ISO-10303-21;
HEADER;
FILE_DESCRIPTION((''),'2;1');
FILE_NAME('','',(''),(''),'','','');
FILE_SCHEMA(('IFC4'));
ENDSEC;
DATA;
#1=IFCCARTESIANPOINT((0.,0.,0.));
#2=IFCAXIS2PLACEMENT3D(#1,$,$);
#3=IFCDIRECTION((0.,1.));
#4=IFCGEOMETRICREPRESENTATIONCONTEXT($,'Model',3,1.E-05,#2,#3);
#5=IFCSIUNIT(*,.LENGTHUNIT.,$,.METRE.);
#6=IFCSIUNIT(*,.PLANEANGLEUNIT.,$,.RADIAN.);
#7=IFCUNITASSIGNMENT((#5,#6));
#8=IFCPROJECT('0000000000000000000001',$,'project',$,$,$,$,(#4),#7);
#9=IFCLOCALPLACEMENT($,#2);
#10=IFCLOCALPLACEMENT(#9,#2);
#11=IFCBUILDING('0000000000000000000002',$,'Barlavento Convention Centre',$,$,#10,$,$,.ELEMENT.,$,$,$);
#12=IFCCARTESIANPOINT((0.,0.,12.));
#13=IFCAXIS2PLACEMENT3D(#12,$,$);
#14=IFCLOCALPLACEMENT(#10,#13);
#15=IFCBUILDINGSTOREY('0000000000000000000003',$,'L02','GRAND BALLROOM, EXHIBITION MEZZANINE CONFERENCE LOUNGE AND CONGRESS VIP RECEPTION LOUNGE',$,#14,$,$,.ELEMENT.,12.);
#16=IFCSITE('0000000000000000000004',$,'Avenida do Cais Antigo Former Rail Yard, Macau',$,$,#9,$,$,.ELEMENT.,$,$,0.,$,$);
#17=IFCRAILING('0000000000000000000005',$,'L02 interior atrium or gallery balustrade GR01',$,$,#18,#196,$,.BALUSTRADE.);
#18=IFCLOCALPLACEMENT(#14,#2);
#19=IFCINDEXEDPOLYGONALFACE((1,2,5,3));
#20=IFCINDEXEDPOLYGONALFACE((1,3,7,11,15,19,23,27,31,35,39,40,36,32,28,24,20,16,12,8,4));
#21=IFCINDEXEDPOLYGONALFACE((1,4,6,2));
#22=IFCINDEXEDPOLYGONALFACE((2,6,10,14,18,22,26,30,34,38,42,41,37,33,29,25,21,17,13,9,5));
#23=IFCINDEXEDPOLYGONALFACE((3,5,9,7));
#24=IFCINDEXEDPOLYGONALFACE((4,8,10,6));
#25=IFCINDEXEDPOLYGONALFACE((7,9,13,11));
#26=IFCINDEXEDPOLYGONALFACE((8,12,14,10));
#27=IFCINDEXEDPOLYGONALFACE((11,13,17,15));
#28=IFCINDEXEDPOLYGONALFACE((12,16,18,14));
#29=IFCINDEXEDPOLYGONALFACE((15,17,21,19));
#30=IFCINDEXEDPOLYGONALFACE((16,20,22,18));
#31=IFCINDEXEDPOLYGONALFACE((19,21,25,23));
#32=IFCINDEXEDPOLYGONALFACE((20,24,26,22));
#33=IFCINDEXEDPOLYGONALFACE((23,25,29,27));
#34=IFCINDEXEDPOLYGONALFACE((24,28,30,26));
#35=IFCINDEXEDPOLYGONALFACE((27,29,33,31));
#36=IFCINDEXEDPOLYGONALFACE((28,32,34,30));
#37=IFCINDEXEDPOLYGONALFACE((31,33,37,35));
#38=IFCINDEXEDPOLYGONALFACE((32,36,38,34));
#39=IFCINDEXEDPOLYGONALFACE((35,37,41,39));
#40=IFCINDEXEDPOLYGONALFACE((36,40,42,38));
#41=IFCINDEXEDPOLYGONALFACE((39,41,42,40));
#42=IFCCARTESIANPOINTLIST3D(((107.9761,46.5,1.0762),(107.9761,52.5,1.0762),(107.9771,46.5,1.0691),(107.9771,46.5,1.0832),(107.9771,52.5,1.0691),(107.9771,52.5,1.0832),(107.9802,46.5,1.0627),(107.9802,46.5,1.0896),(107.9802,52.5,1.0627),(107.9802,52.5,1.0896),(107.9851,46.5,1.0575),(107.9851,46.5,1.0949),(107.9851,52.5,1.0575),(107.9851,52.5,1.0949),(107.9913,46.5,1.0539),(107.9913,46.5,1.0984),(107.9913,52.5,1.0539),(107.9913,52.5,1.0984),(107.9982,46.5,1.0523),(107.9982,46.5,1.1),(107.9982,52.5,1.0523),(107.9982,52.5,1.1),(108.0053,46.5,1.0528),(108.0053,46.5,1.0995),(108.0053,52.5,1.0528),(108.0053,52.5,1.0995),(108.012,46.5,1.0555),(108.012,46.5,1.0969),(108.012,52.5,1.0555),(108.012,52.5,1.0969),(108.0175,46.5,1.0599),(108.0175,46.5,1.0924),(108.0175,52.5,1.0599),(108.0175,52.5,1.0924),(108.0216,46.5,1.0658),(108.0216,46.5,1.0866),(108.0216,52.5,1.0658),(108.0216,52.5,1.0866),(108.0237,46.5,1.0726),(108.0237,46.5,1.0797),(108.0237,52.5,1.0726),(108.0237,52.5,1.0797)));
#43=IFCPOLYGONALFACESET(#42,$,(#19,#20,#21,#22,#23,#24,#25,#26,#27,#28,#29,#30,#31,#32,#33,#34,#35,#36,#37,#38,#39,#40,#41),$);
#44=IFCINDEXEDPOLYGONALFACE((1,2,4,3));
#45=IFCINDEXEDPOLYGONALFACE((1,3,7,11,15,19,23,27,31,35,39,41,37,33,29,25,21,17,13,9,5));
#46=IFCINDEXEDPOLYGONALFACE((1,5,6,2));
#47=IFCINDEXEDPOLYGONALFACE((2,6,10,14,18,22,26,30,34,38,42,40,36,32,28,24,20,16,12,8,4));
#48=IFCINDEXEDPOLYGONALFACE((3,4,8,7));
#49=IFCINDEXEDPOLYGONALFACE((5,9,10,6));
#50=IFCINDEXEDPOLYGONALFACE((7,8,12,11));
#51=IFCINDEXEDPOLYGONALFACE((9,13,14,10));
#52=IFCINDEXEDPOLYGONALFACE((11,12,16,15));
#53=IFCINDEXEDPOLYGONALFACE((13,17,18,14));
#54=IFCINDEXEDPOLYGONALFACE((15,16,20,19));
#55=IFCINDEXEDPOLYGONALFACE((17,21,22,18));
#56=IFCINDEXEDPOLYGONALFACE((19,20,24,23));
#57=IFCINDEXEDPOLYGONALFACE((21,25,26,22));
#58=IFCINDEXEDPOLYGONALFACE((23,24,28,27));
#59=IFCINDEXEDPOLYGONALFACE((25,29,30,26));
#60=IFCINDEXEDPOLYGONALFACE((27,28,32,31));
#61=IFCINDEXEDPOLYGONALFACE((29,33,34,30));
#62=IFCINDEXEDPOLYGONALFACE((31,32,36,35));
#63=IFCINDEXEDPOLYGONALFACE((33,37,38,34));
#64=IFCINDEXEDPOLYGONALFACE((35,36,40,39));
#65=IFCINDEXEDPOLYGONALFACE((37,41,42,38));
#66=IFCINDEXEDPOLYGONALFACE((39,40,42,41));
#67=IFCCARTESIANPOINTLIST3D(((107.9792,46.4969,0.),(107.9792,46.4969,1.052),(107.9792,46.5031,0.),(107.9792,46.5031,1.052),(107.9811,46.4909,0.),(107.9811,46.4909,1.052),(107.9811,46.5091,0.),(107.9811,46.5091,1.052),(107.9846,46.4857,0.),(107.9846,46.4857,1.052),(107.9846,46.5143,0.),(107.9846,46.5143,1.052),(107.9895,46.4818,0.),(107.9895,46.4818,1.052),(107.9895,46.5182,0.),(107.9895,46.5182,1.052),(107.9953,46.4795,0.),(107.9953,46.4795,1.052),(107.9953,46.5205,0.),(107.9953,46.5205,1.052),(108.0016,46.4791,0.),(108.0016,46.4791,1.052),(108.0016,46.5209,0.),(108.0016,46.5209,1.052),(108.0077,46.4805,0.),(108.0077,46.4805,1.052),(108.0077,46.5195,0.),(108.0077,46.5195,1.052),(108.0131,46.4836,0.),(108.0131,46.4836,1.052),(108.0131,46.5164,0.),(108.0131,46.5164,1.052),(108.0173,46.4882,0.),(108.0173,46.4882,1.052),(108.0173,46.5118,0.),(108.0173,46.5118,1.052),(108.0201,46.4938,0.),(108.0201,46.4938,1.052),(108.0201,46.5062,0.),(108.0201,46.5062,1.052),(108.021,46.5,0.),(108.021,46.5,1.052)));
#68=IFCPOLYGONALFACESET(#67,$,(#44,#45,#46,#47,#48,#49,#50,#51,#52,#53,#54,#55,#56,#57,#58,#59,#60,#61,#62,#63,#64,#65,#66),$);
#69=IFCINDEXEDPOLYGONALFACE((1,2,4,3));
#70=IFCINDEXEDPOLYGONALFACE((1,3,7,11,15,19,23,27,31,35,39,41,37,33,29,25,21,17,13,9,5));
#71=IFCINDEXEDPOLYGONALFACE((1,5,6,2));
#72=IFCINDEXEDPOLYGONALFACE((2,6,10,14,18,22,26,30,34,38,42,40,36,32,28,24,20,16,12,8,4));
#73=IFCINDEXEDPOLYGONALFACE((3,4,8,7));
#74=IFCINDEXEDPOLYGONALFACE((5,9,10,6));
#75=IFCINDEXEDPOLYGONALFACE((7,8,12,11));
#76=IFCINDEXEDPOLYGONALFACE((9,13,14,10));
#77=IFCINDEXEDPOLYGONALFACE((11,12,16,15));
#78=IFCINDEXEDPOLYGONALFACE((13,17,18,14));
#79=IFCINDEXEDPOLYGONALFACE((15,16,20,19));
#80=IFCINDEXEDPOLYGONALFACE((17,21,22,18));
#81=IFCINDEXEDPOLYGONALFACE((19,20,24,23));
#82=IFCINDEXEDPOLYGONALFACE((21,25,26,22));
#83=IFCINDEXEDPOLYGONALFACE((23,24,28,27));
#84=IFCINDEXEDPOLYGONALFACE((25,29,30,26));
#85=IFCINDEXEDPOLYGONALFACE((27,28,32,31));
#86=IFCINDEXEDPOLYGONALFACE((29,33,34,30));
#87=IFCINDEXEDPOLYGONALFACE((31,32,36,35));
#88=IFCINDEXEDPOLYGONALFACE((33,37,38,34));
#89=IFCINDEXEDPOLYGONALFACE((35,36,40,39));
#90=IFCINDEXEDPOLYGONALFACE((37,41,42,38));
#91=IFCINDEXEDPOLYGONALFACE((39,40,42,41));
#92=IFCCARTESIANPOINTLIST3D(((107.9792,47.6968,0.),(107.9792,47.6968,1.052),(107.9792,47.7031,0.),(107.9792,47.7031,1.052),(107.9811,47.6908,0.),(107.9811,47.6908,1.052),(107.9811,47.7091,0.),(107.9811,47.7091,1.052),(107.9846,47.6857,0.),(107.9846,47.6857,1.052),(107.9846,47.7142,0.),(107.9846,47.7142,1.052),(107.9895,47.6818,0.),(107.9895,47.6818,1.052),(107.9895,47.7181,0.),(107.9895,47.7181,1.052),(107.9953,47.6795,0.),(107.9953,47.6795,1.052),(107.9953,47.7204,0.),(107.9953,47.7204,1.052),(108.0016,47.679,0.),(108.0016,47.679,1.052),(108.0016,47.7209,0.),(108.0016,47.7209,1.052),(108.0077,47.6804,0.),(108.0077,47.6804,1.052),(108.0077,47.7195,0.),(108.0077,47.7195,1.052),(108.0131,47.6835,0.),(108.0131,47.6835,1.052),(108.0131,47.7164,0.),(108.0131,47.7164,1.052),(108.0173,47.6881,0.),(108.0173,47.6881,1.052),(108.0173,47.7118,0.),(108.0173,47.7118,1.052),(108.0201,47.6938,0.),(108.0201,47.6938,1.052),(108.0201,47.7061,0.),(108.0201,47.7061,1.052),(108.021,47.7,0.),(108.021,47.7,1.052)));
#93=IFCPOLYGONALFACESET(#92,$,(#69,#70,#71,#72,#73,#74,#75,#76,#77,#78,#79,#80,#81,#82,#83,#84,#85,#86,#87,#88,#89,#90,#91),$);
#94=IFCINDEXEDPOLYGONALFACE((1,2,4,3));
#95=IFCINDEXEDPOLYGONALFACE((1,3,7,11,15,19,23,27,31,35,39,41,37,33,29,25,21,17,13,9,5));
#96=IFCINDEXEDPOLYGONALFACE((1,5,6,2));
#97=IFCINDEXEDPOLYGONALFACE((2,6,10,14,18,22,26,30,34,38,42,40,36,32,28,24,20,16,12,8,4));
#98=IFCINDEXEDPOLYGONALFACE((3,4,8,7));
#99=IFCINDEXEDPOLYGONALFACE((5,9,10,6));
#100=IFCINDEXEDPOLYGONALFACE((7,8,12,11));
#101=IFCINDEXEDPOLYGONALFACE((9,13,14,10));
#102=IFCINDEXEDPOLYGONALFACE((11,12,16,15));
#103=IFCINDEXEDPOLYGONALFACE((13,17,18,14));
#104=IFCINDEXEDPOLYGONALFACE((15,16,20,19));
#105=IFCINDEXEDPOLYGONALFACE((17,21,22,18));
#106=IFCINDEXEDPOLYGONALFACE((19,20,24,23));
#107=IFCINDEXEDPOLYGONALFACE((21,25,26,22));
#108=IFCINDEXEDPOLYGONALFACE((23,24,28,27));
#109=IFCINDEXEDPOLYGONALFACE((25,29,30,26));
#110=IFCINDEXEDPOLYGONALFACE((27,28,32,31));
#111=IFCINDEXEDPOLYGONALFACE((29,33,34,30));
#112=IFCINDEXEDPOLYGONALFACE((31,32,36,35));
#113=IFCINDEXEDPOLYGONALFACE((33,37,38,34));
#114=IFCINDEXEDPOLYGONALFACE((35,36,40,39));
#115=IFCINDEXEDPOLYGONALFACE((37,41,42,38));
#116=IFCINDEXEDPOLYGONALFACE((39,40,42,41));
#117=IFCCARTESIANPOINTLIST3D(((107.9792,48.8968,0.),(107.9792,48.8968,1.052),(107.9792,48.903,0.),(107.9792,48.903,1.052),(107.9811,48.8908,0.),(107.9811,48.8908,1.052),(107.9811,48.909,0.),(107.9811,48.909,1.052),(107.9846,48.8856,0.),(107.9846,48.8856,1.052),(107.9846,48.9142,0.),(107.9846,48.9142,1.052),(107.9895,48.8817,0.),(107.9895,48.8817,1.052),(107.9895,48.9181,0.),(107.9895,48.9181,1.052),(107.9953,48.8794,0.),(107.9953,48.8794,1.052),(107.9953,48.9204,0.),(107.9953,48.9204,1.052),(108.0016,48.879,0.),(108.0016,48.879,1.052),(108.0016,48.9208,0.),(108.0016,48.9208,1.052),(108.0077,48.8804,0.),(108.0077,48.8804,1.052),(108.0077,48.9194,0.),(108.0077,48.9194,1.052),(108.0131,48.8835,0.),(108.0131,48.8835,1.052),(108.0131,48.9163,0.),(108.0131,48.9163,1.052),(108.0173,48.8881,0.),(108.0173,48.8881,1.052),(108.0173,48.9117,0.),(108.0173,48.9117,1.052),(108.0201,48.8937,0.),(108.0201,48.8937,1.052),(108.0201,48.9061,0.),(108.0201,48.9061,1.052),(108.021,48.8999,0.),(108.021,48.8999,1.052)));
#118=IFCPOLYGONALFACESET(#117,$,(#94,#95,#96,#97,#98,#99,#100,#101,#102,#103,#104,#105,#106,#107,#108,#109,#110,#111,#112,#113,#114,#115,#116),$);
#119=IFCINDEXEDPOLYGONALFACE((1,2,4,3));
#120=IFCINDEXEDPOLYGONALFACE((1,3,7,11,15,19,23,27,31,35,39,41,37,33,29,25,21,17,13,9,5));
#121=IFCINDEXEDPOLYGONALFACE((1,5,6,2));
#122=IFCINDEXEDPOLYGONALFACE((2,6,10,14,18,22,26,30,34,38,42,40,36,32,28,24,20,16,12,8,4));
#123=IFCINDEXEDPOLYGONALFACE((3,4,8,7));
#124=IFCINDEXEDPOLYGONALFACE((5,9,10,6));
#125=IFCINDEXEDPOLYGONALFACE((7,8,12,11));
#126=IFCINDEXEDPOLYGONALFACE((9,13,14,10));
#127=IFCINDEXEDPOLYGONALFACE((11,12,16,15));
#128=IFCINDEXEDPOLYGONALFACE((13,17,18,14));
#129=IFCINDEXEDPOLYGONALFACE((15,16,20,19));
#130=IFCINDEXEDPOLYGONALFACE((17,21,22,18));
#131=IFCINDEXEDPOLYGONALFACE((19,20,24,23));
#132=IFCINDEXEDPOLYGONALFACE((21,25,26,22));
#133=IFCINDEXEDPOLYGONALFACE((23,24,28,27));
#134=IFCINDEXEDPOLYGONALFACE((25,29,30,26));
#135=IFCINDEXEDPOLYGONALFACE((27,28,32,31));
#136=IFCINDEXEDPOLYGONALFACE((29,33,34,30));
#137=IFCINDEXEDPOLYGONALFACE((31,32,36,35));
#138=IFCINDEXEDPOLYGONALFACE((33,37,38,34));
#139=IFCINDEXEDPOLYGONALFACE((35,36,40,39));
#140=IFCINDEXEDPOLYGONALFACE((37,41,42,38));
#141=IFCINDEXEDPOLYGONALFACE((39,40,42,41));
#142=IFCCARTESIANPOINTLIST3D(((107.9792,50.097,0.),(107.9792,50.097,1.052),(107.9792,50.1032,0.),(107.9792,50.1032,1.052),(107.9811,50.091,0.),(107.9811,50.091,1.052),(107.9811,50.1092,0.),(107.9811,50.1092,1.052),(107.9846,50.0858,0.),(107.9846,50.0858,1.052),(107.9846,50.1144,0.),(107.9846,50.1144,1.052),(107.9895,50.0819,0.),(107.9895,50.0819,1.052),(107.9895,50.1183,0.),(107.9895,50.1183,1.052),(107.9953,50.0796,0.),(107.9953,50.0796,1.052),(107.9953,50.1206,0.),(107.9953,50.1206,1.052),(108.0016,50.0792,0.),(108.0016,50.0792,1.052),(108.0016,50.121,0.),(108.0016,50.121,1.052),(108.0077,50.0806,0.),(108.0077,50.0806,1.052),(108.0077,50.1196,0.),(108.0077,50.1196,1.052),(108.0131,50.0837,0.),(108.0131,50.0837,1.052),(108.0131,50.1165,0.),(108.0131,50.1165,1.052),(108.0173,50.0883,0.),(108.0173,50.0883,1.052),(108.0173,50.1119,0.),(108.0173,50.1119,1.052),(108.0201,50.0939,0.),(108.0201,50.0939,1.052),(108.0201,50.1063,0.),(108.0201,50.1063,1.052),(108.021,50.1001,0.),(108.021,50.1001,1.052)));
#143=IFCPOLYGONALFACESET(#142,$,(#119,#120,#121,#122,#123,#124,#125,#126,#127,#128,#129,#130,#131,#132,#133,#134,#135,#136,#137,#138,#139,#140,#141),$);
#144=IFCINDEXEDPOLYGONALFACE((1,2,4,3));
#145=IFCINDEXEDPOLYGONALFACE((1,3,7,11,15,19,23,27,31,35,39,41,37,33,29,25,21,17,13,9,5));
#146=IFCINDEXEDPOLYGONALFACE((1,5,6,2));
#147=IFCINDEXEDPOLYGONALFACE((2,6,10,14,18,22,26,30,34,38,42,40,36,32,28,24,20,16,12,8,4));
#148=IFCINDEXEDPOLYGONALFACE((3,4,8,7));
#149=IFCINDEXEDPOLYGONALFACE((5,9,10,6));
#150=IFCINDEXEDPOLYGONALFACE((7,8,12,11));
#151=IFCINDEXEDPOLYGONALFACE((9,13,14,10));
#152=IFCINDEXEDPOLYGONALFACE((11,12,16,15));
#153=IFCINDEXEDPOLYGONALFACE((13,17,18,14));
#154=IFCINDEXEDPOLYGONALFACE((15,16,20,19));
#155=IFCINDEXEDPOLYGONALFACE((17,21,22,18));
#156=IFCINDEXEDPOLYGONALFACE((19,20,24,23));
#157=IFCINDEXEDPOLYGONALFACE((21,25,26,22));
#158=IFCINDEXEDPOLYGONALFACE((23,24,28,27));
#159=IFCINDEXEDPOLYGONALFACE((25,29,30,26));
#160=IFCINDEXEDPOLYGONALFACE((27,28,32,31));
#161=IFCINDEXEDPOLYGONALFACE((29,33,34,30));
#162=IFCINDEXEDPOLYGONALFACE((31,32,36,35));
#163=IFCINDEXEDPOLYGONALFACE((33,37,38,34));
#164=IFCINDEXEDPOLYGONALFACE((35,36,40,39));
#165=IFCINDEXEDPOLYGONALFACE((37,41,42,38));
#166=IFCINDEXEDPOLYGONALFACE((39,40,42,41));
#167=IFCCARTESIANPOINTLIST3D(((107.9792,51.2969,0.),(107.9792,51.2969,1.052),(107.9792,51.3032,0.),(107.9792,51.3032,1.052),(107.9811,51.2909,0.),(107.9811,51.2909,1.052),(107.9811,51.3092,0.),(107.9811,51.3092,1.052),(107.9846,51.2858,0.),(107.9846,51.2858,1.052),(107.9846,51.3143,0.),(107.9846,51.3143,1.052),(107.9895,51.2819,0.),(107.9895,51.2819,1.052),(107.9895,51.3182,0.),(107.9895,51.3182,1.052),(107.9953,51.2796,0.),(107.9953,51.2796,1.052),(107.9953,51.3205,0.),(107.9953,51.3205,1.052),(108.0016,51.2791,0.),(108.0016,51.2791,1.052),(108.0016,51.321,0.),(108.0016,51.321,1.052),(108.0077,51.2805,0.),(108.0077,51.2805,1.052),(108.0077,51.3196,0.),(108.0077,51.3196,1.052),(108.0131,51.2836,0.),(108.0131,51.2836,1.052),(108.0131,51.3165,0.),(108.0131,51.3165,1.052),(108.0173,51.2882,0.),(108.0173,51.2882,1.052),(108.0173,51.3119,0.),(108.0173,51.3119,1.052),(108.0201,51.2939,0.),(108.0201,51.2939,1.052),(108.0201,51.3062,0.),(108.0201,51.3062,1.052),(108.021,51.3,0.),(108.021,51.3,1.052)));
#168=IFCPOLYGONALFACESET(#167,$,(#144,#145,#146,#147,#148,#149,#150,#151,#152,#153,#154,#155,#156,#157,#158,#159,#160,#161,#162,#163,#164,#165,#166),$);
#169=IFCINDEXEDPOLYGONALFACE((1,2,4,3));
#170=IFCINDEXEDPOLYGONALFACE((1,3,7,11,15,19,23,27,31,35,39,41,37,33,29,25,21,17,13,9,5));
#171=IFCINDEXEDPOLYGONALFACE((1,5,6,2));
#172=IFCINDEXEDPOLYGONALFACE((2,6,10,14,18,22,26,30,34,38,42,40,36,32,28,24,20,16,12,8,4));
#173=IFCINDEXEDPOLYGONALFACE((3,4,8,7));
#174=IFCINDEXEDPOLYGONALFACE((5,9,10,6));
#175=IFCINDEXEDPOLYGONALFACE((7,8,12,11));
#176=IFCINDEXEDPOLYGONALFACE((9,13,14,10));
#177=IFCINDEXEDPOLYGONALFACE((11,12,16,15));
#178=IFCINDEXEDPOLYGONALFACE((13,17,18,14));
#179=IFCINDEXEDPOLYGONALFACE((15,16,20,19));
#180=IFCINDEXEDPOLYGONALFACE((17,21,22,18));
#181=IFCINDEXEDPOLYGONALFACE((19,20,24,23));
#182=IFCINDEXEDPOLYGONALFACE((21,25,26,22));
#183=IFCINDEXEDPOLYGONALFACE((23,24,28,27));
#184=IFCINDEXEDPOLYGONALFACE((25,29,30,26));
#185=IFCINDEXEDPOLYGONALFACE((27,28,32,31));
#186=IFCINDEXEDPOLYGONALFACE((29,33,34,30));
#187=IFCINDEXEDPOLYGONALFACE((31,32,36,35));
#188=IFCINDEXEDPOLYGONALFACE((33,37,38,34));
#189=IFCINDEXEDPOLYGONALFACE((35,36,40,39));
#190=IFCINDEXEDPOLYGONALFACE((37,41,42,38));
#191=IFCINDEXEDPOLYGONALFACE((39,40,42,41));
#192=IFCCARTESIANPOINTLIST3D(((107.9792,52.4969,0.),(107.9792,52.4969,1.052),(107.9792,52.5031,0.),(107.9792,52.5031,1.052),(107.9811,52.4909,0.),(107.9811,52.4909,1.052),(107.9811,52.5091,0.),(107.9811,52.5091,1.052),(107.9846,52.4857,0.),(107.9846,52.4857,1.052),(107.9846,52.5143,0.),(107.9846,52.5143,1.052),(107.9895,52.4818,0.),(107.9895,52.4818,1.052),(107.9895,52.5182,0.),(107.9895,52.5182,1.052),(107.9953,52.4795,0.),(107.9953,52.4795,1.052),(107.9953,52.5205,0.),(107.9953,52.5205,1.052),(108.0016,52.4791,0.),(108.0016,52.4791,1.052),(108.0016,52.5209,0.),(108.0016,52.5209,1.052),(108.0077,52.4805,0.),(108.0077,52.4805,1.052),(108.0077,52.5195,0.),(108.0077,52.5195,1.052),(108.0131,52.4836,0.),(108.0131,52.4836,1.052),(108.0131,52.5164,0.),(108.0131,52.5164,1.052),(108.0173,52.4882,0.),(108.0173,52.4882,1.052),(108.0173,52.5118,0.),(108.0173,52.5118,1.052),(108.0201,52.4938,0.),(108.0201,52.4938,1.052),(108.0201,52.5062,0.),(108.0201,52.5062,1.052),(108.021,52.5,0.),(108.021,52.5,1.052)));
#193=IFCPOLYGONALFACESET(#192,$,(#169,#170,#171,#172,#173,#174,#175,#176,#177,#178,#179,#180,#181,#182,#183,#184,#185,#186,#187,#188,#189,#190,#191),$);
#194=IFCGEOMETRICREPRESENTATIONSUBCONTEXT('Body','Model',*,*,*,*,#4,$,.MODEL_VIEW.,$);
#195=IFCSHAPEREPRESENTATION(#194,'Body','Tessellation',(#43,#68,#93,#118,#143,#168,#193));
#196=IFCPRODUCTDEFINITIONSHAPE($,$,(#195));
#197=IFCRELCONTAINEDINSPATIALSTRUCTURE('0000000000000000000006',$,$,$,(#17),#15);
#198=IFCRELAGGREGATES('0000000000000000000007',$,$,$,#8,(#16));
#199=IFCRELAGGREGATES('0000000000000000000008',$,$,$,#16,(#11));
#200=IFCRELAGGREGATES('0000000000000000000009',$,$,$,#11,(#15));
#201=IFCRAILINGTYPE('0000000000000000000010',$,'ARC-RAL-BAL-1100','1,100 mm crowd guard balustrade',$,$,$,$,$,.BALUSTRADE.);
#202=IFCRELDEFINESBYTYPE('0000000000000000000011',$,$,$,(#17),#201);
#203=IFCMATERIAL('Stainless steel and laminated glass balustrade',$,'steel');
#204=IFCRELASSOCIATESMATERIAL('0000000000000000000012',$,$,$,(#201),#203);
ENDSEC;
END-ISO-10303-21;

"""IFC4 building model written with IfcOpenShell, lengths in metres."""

from ifc_helpers import new_model, si_unit, direction, frame, origin, origin_2d, place, context, subcontext, project, spatial, circle, extrude, material, type_object, element, save


model = new_model("IFC4")

# Units and contexts
model_context = context("Model", 3, precision=1e-05, world=origin(), true_north=direction((0.0, 1.0)))
body_context = subcontext(model_context, "Body", "Model", "MODEL_VIEW")
ifc_project = project(units=[si_unit("LENGTHUNIT", "METRE"), si_unit("PLANEANGLEUNIT", "RADIAN")], contexts=[model_context])

# Site, building, storey
site_placement = place(None, origin())
site = spatial("IfcSite", under=ifc_project, at=site_placement, Name="Avenida do Cais Antigo Former Rail Yard, Macau", CompositionType="ELEMENT", RefElevation=0.0)
building_placement = place(site_placement, origin())
building = spatial("IfcBuilding", under=site, at=building_placement, Name="Barlavento Convention Centre", CompositionType="ELEMENT")
storey_placement = place(building_placement, frame((0.0, 0.0, 12.0)))
storey = spatial("IfcBuildingStorey", under=building, at=storey_placement, Name="L02", Description="GRAND BALLROOM, EXHIBITION MEZZANINE CONFERENCE LOUNGE AND CONGRESS VIP RECEPTION LOUNGE", CompositionType="ELEMENT", Elevation=12.0)

# Railing
ifc_material_1 = material(Name="Stainless steel and laminated glass balustrade", Category="steel")
railing_type_1 = type_object("IfcRailingType", Name="ARC-RAL-BAL-1100", Description="1,100 mm crowd guard balustrade", PredefinedType="BALUSTRADE", material=ifc_material_1)
railing_1_placement = place(storey_placement, frame((108.0, 46.5, 0.0)))
element("IfcRailing", 1, at=railing_1_placement, inside=storey, type_object=railing_type_1, Name="L02 interior atrium or gallery balustrade GR01", PredefinedType="BALUSTRADE", context=body_context, shape_type="SweptSolid", body=[
    extrude(circle(Radius=0.0239, at=origin_2d()), frame((0.0, 0.0, 1.0762), z_axis=(0.0, 1.0, 0.0), x_axis=(-1.0, 0.0, 0.0)), (0.0, 0.0, 1.0), 6.0),
    extrude(circle(Radius=0.021, at=origin_2d()), origin(), (0.0, 0.0, 1.0), 1.052),
    extrude(circle(Radius=0.021, at=origin_2d()), frame((0.0, 1.2, 0.0)), (0.0, 0.0, 1.0), 1.052),
    extrude(circle(Radius=0.021, at=origin_2d()), frame((0.0, 2.3999, 0.0)), (0.0, 0.0, 1.0), 1.052),
    extrude(circle(Radius=0.021, at=origin_2d()), frame((0.0, 3.6001, 0.0)), (0.0, 0.0, 1.0), 1.052),
    extrude(circle(Radius=0.021, at=origin_2d()), frame((0.0, 4.8, 0.0)), (0.0, 0.0, 1.0), 1.052),
    extrude(circle(Radius=0.021, at=origin_2d()), frame((0.0, 6.0, 0.0)), (0.0, 0.0, 1.0), 1.052),
])

save(model, "model.ifc")
